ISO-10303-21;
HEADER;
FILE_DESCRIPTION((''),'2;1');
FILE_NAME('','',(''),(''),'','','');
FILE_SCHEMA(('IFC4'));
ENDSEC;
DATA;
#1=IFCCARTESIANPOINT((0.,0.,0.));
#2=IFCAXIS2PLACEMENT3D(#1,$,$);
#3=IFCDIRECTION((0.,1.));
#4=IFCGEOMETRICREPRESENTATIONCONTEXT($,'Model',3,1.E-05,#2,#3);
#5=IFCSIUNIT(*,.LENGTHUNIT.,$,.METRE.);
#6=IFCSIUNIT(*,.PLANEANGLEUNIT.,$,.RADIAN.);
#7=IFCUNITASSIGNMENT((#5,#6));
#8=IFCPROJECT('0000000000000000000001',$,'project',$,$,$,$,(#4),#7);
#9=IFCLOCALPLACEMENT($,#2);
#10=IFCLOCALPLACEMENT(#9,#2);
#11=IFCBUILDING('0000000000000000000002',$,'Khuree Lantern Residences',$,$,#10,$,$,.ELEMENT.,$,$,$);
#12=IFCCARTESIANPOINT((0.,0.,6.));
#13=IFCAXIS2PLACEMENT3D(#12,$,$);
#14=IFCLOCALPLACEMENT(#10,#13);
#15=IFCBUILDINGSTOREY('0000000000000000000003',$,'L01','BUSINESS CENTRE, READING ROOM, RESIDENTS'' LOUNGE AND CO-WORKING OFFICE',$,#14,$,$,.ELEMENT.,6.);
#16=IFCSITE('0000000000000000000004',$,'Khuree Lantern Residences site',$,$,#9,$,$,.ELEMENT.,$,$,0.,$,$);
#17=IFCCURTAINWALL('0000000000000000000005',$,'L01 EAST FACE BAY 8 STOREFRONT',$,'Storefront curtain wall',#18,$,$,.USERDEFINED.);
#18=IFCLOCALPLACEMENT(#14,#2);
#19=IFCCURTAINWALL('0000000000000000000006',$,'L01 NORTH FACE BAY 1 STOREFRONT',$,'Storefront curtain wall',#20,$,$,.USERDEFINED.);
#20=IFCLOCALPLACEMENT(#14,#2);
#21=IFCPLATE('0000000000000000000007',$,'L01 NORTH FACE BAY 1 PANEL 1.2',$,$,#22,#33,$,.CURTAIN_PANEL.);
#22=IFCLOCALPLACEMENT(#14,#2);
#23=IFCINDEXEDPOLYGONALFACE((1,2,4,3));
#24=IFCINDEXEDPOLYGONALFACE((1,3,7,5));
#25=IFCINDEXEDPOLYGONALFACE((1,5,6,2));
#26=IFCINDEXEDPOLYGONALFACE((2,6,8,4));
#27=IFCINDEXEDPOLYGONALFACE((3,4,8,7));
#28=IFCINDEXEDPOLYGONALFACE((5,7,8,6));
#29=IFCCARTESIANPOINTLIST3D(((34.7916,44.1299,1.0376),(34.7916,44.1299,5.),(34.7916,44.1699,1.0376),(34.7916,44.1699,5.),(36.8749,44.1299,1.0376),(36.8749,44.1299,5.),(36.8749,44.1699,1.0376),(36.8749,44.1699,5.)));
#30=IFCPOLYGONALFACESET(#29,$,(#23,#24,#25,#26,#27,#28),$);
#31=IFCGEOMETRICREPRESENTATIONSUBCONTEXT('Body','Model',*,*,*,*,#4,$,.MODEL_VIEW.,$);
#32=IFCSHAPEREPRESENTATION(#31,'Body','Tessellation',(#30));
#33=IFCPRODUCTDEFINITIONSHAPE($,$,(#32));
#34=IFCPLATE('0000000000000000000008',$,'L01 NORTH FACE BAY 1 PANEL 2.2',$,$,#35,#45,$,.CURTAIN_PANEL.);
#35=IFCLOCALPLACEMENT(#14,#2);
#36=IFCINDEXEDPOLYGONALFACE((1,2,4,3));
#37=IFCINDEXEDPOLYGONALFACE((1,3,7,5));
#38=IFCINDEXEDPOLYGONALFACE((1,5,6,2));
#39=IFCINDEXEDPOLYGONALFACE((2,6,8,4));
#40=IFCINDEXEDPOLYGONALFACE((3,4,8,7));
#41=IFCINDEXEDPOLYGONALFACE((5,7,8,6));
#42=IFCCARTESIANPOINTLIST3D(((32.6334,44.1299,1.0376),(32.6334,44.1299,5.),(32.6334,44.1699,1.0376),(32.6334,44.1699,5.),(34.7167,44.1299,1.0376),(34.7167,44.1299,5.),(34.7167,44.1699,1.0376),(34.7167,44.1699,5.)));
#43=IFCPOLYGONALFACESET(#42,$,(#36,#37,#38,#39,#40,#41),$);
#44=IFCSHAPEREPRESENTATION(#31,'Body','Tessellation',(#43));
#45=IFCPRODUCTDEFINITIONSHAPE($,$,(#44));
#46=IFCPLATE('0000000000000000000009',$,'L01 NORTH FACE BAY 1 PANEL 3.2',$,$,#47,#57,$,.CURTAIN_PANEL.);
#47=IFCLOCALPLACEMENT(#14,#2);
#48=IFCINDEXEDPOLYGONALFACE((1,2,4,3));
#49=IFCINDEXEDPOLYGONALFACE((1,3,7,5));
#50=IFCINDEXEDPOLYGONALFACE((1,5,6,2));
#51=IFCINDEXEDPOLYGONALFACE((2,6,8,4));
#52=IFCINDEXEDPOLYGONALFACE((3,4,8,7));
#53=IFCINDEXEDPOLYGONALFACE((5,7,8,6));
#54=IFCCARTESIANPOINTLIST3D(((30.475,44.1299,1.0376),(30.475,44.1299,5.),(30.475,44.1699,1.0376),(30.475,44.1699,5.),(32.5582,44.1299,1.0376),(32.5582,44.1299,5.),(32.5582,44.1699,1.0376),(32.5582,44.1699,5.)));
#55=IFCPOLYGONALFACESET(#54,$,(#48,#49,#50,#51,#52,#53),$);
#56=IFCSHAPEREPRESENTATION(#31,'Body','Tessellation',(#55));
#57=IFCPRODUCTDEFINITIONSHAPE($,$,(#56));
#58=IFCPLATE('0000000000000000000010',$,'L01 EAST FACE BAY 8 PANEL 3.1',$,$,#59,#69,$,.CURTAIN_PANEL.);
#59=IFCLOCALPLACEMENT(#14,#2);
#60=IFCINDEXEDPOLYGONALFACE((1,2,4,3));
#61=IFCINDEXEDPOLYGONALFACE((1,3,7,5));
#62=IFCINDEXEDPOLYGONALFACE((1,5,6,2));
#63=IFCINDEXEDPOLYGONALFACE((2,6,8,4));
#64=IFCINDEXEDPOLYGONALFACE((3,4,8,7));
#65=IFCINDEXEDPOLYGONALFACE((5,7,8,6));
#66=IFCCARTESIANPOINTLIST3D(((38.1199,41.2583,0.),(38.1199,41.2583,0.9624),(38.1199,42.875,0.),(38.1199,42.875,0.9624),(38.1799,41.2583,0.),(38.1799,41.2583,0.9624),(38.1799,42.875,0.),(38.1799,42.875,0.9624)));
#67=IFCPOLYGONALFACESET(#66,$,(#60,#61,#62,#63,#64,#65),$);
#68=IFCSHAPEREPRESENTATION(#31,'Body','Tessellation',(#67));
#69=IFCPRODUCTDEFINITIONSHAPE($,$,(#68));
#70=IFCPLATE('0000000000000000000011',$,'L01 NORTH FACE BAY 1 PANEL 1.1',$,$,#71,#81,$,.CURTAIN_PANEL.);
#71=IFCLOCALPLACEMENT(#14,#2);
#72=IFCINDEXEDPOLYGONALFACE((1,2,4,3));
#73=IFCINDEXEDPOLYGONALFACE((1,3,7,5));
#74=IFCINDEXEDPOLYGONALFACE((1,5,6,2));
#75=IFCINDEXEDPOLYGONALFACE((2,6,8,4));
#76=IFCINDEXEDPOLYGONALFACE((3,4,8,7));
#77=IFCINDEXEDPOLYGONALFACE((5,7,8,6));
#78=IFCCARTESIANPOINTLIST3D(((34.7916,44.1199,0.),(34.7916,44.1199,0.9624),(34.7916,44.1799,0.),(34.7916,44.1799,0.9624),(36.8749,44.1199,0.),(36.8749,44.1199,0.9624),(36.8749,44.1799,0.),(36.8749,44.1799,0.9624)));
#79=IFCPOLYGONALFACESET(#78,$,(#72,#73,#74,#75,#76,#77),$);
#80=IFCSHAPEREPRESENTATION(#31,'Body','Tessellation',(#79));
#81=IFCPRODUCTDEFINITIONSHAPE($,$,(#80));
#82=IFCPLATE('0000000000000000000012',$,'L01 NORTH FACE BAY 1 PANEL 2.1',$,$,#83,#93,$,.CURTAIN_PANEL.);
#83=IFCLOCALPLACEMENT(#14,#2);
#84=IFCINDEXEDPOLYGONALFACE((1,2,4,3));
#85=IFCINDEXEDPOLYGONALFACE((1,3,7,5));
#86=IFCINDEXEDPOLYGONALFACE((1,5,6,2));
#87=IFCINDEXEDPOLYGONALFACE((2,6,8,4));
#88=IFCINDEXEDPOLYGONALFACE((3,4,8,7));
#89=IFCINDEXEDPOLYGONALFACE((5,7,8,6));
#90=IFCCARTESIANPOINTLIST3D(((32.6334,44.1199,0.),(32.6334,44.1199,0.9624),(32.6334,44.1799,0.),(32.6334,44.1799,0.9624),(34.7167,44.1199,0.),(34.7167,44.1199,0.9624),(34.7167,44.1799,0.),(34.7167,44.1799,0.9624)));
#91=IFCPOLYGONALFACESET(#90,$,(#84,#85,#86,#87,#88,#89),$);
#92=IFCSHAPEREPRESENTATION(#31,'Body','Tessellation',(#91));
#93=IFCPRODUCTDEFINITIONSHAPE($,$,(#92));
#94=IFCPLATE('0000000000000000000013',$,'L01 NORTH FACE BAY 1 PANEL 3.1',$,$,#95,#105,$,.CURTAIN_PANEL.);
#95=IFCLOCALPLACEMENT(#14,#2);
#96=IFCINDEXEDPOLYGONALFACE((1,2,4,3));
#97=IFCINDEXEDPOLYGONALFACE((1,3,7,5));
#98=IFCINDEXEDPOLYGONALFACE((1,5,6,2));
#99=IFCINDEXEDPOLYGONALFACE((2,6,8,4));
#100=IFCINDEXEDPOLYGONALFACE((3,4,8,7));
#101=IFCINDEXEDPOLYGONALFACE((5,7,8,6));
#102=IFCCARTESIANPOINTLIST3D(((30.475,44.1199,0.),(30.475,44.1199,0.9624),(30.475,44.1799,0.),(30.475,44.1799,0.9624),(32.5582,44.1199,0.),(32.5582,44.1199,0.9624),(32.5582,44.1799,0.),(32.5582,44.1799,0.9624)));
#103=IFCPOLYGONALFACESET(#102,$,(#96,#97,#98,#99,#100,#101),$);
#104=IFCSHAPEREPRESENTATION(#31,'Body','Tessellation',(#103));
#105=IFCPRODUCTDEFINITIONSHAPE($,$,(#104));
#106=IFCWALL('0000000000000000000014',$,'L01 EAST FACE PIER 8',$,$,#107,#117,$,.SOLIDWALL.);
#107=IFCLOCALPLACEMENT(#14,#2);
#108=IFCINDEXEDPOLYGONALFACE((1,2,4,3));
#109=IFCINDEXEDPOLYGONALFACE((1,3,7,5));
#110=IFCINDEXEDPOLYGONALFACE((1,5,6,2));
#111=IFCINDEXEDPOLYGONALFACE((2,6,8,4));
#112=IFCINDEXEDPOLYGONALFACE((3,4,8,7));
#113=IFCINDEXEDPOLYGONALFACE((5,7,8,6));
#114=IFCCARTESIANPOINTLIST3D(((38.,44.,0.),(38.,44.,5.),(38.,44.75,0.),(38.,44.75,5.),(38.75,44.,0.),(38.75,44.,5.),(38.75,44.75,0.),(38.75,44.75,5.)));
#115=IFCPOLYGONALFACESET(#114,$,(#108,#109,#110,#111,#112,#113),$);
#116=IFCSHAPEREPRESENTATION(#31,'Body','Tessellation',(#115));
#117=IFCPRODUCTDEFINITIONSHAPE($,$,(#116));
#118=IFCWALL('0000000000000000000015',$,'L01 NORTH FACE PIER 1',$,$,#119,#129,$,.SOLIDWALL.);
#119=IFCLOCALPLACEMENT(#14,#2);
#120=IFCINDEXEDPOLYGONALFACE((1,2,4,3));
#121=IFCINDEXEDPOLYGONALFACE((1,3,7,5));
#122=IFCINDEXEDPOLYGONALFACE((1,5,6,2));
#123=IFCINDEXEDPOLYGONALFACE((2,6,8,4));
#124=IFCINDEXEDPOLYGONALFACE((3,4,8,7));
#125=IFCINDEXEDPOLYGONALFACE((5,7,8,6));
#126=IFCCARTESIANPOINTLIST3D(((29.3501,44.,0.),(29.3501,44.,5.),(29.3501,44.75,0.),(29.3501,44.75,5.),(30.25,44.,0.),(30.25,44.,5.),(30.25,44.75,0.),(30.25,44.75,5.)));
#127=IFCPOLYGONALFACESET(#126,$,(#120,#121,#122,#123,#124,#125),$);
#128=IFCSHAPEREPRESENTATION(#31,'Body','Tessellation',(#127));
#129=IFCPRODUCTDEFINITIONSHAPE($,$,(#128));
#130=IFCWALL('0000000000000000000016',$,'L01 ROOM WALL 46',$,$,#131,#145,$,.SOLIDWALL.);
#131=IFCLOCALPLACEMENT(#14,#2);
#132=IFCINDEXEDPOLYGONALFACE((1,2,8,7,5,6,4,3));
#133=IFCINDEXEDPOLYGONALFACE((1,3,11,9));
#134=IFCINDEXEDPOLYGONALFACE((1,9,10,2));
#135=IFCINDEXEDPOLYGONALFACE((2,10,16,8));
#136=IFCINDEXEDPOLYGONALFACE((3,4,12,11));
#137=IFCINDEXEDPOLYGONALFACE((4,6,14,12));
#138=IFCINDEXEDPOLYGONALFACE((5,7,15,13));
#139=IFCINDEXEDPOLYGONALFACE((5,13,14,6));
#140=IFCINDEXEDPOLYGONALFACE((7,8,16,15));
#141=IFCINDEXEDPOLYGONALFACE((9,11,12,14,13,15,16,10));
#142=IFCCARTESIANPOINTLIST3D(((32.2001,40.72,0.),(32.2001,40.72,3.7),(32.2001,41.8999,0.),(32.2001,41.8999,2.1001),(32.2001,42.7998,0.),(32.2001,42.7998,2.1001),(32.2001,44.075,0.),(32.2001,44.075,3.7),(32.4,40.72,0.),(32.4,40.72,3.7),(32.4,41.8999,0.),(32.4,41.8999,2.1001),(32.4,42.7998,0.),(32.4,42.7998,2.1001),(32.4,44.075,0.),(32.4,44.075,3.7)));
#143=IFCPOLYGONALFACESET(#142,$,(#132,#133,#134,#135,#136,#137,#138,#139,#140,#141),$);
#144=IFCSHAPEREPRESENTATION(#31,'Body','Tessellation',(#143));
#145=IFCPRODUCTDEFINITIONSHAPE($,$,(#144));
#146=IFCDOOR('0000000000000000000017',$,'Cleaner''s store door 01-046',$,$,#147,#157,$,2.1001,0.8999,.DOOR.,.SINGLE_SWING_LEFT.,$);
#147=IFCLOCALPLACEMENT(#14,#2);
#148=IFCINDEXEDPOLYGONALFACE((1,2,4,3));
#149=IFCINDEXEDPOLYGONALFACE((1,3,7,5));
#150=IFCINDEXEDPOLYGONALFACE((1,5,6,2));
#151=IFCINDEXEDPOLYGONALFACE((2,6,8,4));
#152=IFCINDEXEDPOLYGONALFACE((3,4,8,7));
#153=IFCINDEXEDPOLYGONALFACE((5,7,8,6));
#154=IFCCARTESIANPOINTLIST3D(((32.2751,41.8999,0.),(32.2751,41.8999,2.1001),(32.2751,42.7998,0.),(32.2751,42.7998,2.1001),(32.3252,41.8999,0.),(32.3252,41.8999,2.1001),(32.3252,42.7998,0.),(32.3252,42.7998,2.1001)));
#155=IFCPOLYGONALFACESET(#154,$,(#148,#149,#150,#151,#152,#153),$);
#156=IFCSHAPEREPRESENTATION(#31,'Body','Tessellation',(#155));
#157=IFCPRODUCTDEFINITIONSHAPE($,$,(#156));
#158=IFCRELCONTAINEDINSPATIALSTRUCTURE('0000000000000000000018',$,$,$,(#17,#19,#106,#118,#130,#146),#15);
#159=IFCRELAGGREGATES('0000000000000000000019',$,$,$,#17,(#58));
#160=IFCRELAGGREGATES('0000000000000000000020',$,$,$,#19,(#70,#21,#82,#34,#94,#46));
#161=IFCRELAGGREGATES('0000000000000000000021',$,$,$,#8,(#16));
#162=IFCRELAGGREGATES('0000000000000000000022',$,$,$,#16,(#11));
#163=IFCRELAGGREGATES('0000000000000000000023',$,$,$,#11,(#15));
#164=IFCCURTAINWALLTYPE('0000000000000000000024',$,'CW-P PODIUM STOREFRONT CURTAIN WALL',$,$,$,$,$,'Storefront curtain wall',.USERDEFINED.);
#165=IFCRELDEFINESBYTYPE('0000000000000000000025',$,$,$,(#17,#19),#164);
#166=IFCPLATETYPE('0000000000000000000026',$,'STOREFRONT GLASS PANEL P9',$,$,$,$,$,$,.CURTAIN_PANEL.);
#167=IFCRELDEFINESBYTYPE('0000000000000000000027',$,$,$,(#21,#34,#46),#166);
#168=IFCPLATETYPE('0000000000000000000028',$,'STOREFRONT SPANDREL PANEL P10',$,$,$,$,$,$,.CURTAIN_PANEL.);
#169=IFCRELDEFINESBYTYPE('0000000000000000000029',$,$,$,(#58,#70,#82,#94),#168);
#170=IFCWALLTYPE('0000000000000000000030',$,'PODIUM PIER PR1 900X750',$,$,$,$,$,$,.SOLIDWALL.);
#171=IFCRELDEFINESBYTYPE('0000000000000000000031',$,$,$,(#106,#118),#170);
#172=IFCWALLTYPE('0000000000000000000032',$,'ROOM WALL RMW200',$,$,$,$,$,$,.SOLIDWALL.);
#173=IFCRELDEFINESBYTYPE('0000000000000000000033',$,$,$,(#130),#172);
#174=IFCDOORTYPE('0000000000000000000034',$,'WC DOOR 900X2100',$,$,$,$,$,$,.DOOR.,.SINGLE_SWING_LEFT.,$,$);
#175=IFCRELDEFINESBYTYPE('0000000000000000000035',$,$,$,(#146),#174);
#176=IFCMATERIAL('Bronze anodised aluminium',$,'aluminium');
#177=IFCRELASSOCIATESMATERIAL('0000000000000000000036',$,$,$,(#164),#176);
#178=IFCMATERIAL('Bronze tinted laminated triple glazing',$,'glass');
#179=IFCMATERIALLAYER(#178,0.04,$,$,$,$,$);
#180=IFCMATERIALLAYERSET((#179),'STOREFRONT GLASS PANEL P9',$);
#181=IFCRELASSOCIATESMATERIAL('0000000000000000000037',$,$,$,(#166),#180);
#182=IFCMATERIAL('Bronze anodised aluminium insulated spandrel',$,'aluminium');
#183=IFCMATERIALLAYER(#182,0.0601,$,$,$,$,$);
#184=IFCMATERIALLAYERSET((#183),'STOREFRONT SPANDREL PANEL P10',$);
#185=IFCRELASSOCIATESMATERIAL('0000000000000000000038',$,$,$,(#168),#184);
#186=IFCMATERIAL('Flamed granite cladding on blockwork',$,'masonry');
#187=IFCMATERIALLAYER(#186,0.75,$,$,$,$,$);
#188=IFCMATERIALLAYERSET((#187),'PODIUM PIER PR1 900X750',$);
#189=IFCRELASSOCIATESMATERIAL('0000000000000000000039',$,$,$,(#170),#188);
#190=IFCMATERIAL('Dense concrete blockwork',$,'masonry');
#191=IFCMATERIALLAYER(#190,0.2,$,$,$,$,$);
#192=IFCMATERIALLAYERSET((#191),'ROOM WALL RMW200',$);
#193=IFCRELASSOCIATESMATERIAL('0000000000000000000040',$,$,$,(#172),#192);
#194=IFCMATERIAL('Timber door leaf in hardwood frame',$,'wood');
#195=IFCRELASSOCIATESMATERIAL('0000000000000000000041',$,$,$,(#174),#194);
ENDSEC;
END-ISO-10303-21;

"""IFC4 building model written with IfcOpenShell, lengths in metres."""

from ifc_helpers import new_model, si_unit, direction, frame, frame_2d, origin, origin_2d, place, context, subcontext, project, spatial, rectangle, extrude, material, layer, layer_set, type_object, element, fill, aggregate, save


model = new_model("IFC4")

# Units and contexts
model_context = context("Model", 3, precision=1e-05, world=origin(), true_north=direction((0.0, 1.0)))
body_context = subcontext(model_context, "Body", "Model", "MODEL_VIEW")
ifc_project = project(units=[si_unit("LENGTHUNIT", "METRE"), si_unit("PLANEANGLEUNIT", "RADIAN")], contexts=[model_context])

# Site, building, storey
site_placement = place(None, origin())
site = spatial("IfcSite", under=ifc_project, at=site_placement, Name="Khuree Lantern Residences site", CompositionType="ELEMENT", RefElevation=0.0)
building_placement = place(site_placement, origin())
building = spatial("IfcBuilding", under=site, at=building_placement, Name="Khuree Lantern Residences", CompositionType="ELEMENT")
storey_placement = place(building_placement, frame((0.0, 0.0, 6.0)))
storey = spatial("IfcBuildingStorey", under=building, at=storey_placement, Name="L01", Description="BUSINESS CENTRE, READING ROOM, RESIDENTS' LOUNGE AND CO-WORKING OFFICE", CompositionType="ELEMENT", Elevation=6.0)

# Curtain walls
ifc_material_1 = material(Name="Bronze anodised aluminium", Category="aluminium")
curtain_wall_type = type_object("IfcCurtainWallType", Name="CW-P PODIUM STOREFRONT CURTAIN WALL", ElementType="Storefront curtain wall", PredefinedType="USERDEFINED", material=ifc_material_1)
curtain_wall_1_placement = place(storey_placement, origin())
curtain_wall_1 = element("IfcCurtainWall", 1, at=curtain_wall_1_placement, inside=storey, type_object=curtain_wall_type, Name="L01 EAST FACE BAY 8 STOREFRONT", ObjectType="Storefront curtain wall", PredefinedType="USERDEFINED")
curtain_wall_2_placement = place(storey_placement, origin())
curtain_wall_2 = element("IfcCurtainWall", 2, at=curtain_wall_2_placement, inside=storey, type_object=curtain_wall_type, Name="L01 NORTH FACE BAY 1 STOREFRONT", ObjectType="Storefront curtain wall", PredefinedType="USERDEFINED")

# Plates
ifc_material_2 = material(Name="Bronze tinted laminated triple glazing", Category="glass")
ifc_layer_1 = layer(ifc_material_2, 0.04)
ifc_layer_set_1 = layer_set([ifc_layer_1], Name="STOREFRONT GLASS PANEL P9")
plate_type_1 = type_object("IfcPlateType", Name="STOREFRONT GLASS PANEL P9", PredefinedType="CURTAIN_PANEL", material=ifc_layer_set_1)
plate_1_placement = place(storey_placement, frame((35.8333, 44.1499, 1.0376), z_axis=(0.0, 0.0, 1.0), x_axis=(-1.0, 0.0, 0.0)))
plate_1 = element("IfcPlate", 3, at=plate_1_placement, type_object=plate_type_1, Name="L01 NORTH FACE BAY 1 PANEL 1.2", PredefinedType="CURTAIN_PANEL", context=body_context, shape_type="SweptSolid", body=[
    extrude(rectangle(XDim=2.0833, YDim=0.04, at=origin_2d()), origin(), (0.0, 0.0, 1.0), 3.9624),
])
plate_2_placement = place(storey_placement, frame((33.675, 44.1499, 1.0376), z_axis=(0.0, 0.0, 1.0), x_axis=(-1.0, 0.0, 0.0)))
plate_2 = element("IfcPlate", 4, at=plate_2_placement, type_object=plate_type_1, Name="L01 NORTH FACE BAY 1 PANEL 2.2", PredefinedType="CURTAIN_PANEL", context=body_context, shape_type="SweptSolid", body=[
    extrude(rectangle(XDim=2.0833, YDim=0.04, at=origin_2d()), origin(), (0.0, 0.0, 1.0), 3.9624),
])
plate_3_placement = place(storey_placement, frame((31.5166, 44.1499, 1.0376), z_axis=(0.0, 0.0, 1.0), x_axis=(-1.0, 0.0, 0.0)))
plate_3 = element("IfcPlate", 5, at=plate_3_placement, type_object=plate_type_1, Name="L01 NORTH FACE BAY 1 PANEL 3.2", PredefinedType="CURTAIN_PANEL", context=body_context, shape_type="SweptSolid", body=[
    extrude(rectangle(XDim=2.0833, YDim=0.04, at=origin_2d()), origin(), (0.0, 0.0, 1.0), 3.9624),
])
ifc_material_3 = material(Name="Bronze anodised aluminium insulated spandrel", Category="aluminium")
ifc_layer_2 = layer(ifc_material_3, 0.0601)
ifc_layer_set_2 = layer_set([ifc_layer_2], Name="STOREFRONT SPANDREL PANEL P10")
plate_type_2 = type_object("IfcPlateType", Name="STOREFRONT SPANDREL PANEL P10", PredefinedType="CURTAIN_PANEL", material=ifc_layer_set_2)
plate_4_placement = place(storey_placement, frame((38.1499, 42.0667, 0.0), z_axis=(0.0, 0.0, 1.0), x_axis=(0.0, 1.0, 0.0)))
plate_4 = element("IfcPlate", 6, at=plate_4_placement, type_object=plate_type_2, Name="L01 EAST FACE BAY 8 PANEL 3.1", PredefinedType="CURTAIN_PANEL", context=body_context, shape_type="SweptSolid", body=[
    extrude(rectangle(XDim=1.6167, YDim=0.0601, at=origin_2d()), origin(), (0.0, 0.0, 1.0), 0.9624),
])
aggregate(curtain_wall_1, [plate_4])
plate_5_placement = place(storey_placement, frame((35.8333, 44.1499, 0.0), z_axis=(0.0, 0.0, 1.0), x_axis=(-1.0, 0.0, 0.0)))
plate_5 = element("IfcPlate", 7, at=plate_5_placement, type_object=plate_type_2, Name="L01 NORTH FACE BAY 1 PANEL 1.1", PredefinedType="CURTAIN_PANEL", context=body_context, shape_type="SweptSolid", body=[
    extrude(rectangle(XDim=2.0833, YDim=0.0601, at=origin_2d()), origin(), (0.0, 0.0, 1.0), 0.9624),
])
plate_6_placement = place(storey_placement, frame((33.675, 44.1499, 0.0), z_axis=(0.0, 0.0, 1.0), x_axis=(-1.0, 0.0, 0.0)))
plate_6 = element("IfcPlate", 8, at=plate_6_placement, type_object=plate_type_2, Name="L01 NORTH FACE BAY 1 PANEL 2.1", PredefinedType="CURTAIN_PANEL", context=body_context, shape_type="SweptSolid", body=[
    extrude(rectangle(XDim=2.0833, YDim=0.0601, at=origin_2d()), origin(), (0.0, 0.0, 1.0), 0.9624),
])
plate_7_placement = place(storey_placement, frame((31.5166, 44.1499, 0.0), z_axis=(0.0, 0.0, 1.0), x_axis=(-1.0, 0.0, 0.0)))
plate_7 = element("IfcPlate", 9, at=plate_7_placement, type_object=plate_type_2, Name="L01 NORTH FACE BAY 1 PANEL 3.1", PredefinedType="CURTAIN_PANEL", context=body_context, shape_type="SweptSolid", body=[
    extrude(rectangle(XDim=2.0833, YDim=0.0601, at=origin_2d()), origin(), (0.0, 0.0, 1.0), 0.9624),
])
aggregate(curtain_wall_2, [plate_5, plate_1, plate_6, plate_2, plate_7, plate_3])

# Walls
ifc_material_4 = material(Name="Flamed granite cladding on blockwork", Category="masonry")
ifc_layer_3 = layer(ifc_material_4, 0.75)
ifc_layer_set_3 = layer_set([ifc_layer_3], Name="PODIUM PIER PR1 900X750")
wall_type_1 = type_object("IfcWallType", Name="PODIUM PIER PR1 900X750", PredefinedType="SOLIDWALL", material=ifc_layer_set_3)
wall_1_placement = place(storey_placement, frame((38.375, 44.0, 0.0), z_axis=(0.0, 0.0, 1.0), x_axis=(0.0, 1.0, 0.0)))
element("IfcWall", 10, at=wall_1_placement, inside=storey, type_object=wall_type_1, Name="L01 EAST FACE PIER 8", PredefinedType="SOLIDWALL", context=body_context, shape_type="SweptSolid", body=[
    extrude(rectangle(XDim=0.75, YDim=0.75, at=frame_2d((0.375, 0.0))), origin(), (0.0, 0.0, 1.0), 5.0),
])
wall_2_placement = place(storey_placement, frame((30.25, 44.375, 0.0), z_axis=(0.0, 0.0, 1.0), x_axis=(-1.0, 0.0, 0.0)))
element("IfcWall", 11, at=wall_2_placement, inside=storey, type_object=wall_type_1, Name="L01 NORTH FACE PIER 1", PredefinedType="SOLIDWALL", context=body_context, shape_type="SweptSolid", body=[
    extrude(rectangle(XDim=0.8999, YDim=0.75, at=frame_2d((0.45, 0.0))), origin(), (0.0, 0.0, 1.0), 5.0),
])

# Wall, opening, door
ifc_material_5 = material(Name="Dense concrete blockwork", Category="masonry")
ifc_layer_4 = layer(ifc_material_5, 0.2)
ifc_layer_set_4 = layer_set([ifc_layer_4], Name="ROOM WALL RMW200")
wall_type_2 = type_object("IfcWallType", Name="ROOM WALL RMW200", PredefinedType="SOLIDWALL", material=ifc_layer_set_4)
wall_3_placement = place(storey_placement, frame((32.3, 40.72, 0.0), z_axis=(0.0, 0.0, 1.0), x_axis=(0.0, 1.0, 0.0)))
wall_3 = element("IfcWall", 12, at=wall_3_placement, inside=storey, type_object=wall_type_2, Name="L01 ROOM WALL 46", PredefinedType="SOLIDWALL", context=body_context, shape_type="SweptSolid", body=[
    extrude(rectangle(XDim=3.355, YDim=0.2, at=frame_2d((1.6775, 0.0))), origin(), (0.0, 0.0, 1.0), 3.7),
])
opening_placement = place(wall_3_placement, frame((1.1799, 0.0, 0.0)))
opening = element("IfcOpeningElement", 13, at=opening_placement, cuts=wall_3, PredefinedType="OPENING", context=body_context, shape_type="SweptSolid", body=[
    extrude(rectangle(XDim=0.8999, YDim=2.1001, at=frame_2d((0.45, 1.05))), frame((0.0, 0.1099, 0.0), z_axis=(0.0, -1.0, 0.0), x_axis=(1.0, 0.0, 0.0)), (0.0, 0.0, 1.0), 0.22),
])
ifc_material_6 = material(Name="Timber door leaf in hardwood frame", Category="wood")
door_type = type_object("IfcDoorType", Name="WC DOOR 900X2100", OperationType="SINGLE_SWING_LEFT", PredefinedType="DOOR", material=ifc_material_6)
door_placement = place(opening_placement, origin())
door = element("IfcDoor", 14, at=door_placement, inside=storey, type_object=door_type, Name="Cleaner's store door 01-046", OperationType="SINGLE_SWING_LEFT", OverallHeight=2.1001, OverallWidth=0.8999, PredefinedType="DOOR", context=body_context, shape_type="SweptSolid", body=[
    extrude(rectangle(XDim=0.8999, YDim=2.1001, at=frame_2d((0.45, 1.05))), frame((0.0, 0.0249, 0.0), z_axis=(0.0, -1.0, 0.0), x_axis=(1.0, 0.0, 0.0)), (0.0, 0.0, 1.0), 0.05),
])
fill(opening, door)

save(model, "model.ifc")
